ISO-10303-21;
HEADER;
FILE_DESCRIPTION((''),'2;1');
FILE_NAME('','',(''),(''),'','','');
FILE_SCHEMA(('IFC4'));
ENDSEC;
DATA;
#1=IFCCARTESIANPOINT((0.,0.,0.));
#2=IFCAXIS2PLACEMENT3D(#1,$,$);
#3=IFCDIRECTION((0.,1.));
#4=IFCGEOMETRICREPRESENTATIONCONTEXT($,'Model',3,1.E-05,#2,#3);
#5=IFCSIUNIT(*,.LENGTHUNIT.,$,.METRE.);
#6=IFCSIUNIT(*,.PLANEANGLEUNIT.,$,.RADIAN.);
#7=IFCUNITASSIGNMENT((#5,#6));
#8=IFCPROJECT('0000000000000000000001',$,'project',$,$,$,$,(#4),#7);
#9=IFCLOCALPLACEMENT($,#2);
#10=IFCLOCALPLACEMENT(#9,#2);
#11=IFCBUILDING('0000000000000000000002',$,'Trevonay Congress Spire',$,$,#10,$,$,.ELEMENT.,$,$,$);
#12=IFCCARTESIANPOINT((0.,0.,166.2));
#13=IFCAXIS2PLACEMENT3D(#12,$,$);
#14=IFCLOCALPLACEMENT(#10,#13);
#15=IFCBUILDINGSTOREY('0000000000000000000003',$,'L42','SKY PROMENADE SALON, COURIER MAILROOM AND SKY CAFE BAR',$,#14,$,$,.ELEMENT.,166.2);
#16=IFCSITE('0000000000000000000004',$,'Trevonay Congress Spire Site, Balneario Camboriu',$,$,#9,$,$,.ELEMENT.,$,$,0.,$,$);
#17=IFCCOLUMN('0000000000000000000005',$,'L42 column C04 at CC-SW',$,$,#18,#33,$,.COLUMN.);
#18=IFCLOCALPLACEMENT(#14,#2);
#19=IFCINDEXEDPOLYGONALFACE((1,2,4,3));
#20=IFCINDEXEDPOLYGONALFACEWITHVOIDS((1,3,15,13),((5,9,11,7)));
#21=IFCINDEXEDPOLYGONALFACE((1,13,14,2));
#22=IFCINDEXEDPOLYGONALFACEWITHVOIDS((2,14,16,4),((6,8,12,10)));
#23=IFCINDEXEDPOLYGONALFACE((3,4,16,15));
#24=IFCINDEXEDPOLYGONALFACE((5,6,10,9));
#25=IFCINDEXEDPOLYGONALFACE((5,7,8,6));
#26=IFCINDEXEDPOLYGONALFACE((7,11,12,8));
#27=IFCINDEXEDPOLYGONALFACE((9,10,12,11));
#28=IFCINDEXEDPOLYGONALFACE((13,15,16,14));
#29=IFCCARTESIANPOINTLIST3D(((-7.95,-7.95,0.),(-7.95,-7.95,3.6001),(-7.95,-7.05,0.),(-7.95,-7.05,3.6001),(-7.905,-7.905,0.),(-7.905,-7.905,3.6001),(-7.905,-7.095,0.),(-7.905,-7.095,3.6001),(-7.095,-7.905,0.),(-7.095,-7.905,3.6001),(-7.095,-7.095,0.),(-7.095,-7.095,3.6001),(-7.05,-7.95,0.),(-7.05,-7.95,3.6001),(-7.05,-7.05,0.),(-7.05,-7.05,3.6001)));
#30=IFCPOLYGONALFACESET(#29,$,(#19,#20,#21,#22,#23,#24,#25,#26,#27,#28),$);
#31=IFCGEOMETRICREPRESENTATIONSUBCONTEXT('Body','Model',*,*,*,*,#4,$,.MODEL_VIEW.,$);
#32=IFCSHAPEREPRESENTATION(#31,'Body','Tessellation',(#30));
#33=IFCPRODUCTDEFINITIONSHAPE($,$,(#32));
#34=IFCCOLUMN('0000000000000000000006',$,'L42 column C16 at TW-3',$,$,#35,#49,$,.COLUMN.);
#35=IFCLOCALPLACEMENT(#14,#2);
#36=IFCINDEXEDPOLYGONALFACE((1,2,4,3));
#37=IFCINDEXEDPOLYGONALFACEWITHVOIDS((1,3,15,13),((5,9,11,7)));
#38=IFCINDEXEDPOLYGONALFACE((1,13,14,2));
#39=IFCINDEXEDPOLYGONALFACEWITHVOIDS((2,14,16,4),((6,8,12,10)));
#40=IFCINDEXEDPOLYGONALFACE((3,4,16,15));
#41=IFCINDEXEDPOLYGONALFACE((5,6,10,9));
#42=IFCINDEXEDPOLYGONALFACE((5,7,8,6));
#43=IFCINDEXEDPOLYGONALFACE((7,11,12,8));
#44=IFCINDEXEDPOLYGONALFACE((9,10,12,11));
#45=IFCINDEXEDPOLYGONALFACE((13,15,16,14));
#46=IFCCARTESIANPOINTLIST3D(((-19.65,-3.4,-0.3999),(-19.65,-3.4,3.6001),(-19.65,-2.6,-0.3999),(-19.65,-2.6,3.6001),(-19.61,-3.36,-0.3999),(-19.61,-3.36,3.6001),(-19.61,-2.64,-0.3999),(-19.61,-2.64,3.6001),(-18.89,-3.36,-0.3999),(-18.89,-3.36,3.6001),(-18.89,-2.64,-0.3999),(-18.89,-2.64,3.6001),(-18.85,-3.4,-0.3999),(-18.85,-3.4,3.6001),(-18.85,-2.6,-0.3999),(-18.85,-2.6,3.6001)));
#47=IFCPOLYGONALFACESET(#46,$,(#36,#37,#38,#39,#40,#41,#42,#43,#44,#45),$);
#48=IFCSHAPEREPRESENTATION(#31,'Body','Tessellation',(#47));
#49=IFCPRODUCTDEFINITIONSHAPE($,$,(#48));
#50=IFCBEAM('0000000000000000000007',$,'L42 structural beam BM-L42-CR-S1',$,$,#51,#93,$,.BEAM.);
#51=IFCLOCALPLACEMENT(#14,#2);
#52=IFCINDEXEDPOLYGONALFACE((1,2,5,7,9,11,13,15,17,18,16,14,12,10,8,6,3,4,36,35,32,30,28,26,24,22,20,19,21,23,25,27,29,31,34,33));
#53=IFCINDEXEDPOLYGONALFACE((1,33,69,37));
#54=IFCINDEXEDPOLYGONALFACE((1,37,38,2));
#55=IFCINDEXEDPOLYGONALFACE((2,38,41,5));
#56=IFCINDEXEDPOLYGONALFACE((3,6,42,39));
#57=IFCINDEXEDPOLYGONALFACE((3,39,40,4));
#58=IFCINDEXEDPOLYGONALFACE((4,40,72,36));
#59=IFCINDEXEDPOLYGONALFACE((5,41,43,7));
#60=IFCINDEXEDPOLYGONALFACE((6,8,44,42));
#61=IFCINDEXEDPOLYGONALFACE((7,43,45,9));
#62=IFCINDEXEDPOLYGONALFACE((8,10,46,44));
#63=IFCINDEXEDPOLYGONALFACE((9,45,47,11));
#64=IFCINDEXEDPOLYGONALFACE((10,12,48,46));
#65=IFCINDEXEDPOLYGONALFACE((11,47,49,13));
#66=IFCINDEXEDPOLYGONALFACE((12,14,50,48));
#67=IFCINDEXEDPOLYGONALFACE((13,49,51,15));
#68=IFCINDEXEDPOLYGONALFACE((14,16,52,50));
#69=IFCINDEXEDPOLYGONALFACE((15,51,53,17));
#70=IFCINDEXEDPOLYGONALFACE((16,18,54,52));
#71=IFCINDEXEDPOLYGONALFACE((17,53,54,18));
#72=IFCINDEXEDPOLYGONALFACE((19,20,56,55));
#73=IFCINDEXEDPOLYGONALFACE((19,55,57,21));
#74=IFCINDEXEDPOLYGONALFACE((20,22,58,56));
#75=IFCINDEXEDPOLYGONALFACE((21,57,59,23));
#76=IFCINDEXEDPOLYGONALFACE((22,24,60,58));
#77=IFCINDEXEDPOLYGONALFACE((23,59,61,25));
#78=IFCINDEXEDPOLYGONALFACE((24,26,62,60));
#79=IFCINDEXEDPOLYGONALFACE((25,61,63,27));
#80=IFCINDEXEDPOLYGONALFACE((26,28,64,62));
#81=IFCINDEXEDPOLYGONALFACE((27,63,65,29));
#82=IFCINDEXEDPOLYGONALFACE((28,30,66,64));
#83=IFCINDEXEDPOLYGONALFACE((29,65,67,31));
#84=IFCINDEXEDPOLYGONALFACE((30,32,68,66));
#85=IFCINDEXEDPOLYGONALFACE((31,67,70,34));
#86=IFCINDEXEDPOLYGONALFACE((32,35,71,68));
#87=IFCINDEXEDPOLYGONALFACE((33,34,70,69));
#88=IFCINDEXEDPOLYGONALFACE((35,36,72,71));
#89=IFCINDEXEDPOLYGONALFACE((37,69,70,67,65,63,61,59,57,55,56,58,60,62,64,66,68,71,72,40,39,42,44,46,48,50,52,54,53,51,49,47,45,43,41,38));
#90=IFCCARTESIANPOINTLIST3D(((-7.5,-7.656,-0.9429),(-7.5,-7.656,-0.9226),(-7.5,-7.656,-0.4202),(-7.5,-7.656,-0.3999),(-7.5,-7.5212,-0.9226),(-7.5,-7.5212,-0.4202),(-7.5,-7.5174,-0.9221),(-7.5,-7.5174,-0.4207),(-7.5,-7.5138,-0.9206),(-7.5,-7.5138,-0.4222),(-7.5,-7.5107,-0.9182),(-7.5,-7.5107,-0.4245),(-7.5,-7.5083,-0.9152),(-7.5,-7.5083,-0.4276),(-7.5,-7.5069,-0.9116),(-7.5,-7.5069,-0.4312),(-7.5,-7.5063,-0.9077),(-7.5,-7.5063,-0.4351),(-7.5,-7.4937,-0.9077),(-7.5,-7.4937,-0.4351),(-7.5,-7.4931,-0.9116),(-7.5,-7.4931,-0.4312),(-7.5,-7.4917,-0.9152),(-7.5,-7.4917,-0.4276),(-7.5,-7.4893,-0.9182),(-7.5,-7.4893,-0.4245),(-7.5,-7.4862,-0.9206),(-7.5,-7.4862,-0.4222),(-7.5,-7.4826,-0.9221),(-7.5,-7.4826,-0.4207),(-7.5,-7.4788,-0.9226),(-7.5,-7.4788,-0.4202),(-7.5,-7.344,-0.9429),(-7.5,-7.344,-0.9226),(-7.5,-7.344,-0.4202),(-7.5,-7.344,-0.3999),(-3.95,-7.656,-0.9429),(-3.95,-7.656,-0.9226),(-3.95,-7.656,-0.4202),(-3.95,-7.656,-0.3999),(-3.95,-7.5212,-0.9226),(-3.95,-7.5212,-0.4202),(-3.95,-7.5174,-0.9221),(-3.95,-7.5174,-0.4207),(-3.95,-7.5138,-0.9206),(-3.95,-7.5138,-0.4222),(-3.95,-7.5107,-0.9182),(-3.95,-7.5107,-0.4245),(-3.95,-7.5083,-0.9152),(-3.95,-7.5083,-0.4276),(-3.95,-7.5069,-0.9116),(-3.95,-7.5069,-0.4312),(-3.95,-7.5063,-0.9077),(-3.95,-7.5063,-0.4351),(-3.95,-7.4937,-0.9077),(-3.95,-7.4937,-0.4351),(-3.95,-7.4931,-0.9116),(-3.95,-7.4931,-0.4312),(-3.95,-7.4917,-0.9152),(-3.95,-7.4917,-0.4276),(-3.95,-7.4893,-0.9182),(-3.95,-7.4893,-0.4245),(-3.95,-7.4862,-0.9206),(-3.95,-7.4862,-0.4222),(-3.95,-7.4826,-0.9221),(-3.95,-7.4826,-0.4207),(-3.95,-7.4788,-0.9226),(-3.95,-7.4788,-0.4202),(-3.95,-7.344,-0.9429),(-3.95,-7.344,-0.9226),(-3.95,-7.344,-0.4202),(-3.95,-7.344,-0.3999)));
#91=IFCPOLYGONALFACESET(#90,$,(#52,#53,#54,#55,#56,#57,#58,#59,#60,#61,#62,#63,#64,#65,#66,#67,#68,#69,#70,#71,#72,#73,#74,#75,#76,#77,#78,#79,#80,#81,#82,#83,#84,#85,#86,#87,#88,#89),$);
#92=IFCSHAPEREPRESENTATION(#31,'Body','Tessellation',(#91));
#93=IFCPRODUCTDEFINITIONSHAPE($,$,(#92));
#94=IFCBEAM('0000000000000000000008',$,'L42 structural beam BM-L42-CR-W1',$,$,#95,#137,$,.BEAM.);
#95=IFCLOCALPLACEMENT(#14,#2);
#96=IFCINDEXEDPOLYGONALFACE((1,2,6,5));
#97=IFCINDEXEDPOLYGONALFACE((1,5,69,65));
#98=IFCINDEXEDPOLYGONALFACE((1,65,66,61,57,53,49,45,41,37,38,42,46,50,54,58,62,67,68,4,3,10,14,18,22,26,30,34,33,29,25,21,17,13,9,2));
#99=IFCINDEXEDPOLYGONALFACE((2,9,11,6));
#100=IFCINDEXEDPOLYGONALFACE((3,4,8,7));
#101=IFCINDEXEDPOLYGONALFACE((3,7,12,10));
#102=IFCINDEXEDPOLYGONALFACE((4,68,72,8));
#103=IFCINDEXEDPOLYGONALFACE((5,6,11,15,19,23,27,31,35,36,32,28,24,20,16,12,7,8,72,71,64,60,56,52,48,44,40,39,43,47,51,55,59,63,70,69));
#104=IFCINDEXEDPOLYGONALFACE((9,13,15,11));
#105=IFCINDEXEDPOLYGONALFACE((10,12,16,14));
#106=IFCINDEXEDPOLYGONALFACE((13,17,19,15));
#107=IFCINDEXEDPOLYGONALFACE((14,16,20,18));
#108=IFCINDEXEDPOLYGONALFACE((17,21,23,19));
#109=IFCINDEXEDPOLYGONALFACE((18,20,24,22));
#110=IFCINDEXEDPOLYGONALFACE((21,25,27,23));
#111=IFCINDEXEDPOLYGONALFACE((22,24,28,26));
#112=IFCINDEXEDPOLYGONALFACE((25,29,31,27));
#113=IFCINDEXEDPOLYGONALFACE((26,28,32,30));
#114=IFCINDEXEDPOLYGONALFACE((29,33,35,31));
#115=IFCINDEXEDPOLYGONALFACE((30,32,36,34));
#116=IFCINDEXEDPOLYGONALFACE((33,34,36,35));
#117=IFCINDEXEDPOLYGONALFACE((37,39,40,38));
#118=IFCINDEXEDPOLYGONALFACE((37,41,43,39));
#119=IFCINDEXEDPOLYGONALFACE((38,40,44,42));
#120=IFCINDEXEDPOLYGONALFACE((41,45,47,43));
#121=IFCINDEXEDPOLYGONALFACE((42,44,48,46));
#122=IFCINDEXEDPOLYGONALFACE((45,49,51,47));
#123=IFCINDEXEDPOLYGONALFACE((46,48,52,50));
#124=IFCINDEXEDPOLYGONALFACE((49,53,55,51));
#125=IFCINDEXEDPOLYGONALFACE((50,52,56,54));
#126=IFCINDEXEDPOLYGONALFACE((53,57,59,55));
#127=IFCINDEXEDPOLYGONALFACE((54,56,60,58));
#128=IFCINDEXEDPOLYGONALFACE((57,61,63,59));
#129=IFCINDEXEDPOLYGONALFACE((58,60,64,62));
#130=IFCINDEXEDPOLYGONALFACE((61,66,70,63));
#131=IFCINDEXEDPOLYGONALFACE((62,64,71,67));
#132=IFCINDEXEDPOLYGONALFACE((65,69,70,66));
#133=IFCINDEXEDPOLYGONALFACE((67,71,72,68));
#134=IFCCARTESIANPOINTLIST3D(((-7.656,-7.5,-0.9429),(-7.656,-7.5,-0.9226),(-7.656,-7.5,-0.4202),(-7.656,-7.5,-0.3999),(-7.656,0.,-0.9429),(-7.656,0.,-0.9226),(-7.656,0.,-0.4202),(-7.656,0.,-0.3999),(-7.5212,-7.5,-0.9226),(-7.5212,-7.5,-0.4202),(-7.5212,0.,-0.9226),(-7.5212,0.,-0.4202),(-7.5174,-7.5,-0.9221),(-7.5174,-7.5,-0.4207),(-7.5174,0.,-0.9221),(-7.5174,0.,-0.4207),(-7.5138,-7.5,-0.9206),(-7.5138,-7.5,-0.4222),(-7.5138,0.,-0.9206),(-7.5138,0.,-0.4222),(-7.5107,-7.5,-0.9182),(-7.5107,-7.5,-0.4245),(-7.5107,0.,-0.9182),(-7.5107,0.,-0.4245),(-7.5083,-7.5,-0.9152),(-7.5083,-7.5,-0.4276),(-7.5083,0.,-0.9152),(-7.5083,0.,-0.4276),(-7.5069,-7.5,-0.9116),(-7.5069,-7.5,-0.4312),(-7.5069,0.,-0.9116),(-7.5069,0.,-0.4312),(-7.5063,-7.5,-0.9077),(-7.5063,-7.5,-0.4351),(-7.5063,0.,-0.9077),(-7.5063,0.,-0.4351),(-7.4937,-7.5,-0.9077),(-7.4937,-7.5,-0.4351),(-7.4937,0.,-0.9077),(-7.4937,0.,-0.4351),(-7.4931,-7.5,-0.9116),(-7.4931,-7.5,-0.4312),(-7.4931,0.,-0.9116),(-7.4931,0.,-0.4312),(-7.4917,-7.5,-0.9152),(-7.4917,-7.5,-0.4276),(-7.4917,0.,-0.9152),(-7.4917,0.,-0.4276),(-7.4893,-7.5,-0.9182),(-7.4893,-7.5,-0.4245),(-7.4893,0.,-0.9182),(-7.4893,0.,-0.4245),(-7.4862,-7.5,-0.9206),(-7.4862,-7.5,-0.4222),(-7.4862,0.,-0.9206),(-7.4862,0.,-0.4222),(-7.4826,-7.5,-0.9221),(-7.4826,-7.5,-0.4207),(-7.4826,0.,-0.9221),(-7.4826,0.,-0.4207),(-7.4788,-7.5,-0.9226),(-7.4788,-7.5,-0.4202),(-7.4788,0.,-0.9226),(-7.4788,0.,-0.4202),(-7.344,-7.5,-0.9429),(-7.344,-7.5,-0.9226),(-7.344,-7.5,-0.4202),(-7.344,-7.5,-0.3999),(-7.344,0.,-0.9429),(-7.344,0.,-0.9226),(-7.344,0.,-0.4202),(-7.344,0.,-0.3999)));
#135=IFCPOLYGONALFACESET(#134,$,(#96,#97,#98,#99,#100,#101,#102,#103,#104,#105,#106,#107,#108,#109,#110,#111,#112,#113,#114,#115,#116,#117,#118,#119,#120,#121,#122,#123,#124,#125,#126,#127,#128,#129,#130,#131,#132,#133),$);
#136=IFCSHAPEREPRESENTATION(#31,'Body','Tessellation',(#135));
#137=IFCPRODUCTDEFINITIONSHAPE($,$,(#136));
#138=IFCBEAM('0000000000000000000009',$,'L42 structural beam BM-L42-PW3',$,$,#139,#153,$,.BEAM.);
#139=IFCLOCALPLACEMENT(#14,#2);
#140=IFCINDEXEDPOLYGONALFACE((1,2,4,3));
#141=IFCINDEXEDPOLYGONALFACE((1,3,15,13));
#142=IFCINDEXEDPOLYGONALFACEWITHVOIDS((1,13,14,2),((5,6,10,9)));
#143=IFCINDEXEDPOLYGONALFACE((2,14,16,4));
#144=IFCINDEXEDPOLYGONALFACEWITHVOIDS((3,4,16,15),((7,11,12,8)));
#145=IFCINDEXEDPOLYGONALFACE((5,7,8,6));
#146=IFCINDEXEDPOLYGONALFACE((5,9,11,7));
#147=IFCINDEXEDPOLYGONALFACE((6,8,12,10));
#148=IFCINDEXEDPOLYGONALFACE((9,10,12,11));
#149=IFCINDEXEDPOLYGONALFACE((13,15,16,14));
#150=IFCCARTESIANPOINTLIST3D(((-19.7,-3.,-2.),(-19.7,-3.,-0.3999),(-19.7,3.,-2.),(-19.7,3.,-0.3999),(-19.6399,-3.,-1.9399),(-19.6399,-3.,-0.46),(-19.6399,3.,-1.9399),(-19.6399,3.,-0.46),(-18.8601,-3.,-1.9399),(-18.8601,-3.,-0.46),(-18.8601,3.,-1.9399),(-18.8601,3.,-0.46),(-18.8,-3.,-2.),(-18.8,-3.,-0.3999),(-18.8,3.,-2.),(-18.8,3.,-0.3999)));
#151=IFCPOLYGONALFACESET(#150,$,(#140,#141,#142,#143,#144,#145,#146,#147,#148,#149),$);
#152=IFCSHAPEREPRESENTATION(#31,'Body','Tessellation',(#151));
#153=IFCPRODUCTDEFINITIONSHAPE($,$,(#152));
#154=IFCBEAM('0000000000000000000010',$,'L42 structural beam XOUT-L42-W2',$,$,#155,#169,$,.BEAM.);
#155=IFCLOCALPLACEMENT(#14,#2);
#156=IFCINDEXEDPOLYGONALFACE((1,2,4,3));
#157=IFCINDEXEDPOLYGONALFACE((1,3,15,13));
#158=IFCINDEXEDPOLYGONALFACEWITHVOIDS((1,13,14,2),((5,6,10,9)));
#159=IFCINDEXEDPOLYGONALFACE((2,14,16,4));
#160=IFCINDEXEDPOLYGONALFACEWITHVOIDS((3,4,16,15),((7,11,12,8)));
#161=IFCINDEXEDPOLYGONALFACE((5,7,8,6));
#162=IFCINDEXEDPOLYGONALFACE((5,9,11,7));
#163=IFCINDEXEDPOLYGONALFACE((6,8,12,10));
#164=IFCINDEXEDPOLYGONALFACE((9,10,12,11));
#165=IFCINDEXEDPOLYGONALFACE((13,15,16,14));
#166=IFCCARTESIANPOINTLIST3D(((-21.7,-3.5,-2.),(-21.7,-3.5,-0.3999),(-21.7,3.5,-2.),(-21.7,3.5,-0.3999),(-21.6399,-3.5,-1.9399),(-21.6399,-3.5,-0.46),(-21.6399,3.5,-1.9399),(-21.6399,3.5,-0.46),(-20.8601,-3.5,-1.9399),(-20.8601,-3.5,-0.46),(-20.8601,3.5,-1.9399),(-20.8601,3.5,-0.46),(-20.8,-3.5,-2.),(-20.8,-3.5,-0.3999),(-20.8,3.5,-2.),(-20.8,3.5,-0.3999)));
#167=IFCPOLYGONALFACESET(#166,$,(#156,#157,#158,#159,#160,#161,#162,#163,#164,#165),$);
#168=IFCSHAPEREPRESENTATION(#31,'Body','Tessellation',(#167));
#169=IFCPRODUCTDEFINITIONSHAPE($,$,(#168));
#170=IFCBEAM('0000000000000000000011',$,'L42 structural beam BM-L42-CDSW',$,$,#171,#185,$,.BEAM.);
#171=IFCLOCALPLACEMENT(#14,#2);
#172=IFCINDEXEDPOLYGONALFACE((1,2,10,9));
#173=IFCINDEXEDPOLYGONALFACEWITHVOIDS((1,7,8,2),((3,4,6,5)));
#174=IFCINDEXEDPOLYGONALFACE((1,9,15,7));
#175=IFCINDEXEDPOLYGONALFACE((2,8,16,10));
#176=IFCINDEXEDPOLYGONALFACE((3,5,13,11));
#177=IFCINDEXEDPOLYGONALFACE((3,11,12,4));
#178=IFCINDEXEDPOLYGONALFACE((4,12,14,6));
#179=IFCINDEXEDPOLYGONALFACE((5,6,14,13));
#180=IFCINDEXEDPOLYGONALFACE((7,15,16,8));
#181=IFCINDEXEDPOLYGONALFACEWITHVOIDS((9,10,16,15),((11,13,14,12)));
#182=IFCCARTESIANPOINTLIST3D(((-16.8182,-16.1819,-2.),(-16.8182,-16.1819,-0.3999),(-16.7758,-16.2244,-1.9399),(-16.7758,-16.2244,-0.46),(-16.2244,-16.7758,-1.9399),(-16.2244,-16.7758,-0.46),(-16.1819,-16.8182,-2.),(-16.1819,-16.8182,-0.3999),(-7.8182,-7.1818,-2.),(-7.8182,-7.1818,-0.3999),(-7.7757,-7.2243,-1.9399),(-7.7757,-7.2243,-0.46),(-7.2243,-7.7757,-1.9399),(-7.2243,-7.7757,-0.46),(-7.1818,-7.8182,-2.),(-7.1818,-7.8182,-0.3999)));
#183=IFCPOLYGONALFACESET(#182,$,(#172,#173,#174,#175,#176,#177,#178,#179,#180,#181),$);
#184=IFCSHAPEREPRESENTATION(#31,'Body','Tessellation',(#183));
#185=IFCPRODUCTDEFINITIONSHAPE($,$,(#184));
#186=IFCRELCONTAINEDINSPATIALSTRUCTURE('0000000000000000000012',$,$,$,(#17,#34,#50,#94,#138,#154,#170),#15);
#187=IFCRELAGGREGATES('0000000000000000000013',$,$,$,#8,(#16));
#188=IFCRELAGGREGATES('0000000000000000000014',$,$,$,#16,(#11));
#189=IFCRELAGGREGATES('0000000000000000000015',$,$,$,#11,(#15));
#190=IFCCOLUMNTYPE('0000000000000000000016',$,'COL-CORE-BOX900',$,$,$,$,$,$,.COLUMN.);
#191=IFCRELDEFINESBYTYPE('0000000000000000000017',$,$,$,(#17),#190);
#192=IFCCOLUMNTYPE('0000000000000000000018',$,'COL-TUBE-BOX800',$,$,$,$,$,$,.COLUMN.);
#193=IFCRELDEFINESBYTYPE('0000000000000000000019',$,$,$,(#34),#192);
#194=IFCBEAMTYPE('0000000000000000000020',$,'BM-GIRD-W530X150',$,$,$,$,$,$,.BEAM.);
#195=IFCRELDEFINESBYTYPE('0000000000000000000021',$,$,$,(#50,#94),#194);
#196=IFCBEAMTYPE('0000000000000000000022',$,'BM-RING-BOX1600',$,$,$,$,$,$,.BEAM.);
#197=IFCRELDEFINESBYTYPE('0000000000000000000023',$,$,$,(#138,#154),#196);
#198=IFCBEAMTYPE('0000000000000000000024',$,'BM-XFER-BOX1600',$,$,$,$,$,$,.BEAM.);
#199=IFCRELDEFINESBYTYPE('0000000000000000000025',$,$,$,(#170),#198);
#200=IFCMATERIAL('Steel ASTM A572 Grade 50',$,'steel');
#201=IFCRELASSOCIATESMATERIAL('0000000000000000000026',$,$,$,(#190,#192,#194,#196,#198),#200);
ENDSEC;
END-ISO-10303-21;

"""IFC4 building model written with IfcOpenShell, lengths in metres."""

from ifc_helpers import new_model, si_unit, direction, frame, origin, origin_2d, place, context, subcontext, project, spatial, hollow_rectangle, i_section, extrude, material, material_profile, profile_set, type_object, element, save


model = new_model("IFC4")

# Units and contexts
model_context = context("Model", 3, precision=1e-05, world=origin(), true_north=direction((0.0, 1.0)))
body_context = subcontext(model_context, "Body", "Model", "MODEL_VIEW")
ifc_project = project(units=[si_unit("LENGTHUNIT", "METRE"), si_unit("PLANEANGLEUNIT", "RADIAN")], contexts=[model_context])

# Site, building, storey
site_placement = place(None, origin())
site = spatial("IfcSite", under=ifc_project, at=site_placement, Name="Trevonay Congress Spire Site, Balneario Camboriu", CompositionType="ELEMENT", RefElevation=0.0)
building_placement = place(site_placement, origin())
building = spatial("IfcBuilding", under=site, at=building_placement, Name="Trevonay Congress Spire", CompositionType="ELEMENT")
storey_placement = place(building_placement, frame((0.0, 0.0, 166.2)))
storey = spatial("IfcBuildingStorey", under=building, at=storey_placement, Name="L42", Description="SKY PROMENADE SALON, COURIER MAILROOM AND SKY CAFE BAR", CompositionType="ELEMENT", Elevation=166.2)

# Columns
ifc_material_1 = material(Name="Steel ASTM A572 Grade 50", Category="steel")
ifc_material_profile_1 = material_profile(ifc_material_1, hollow_rectangle(XDim=0.8999, YDim=0.8999, WallThickness=0.0449, at=origin_2d()), Name="BOX 900x900x45")
ifc_profile_set_1 = profile_set([ifc_material_profile_1], Name="Steel ASTM A572 Grade 50")
column_type_1 = type_object("IfcColumnType", Name="COL-CORE-BOX900", PredefinedType="COLUMN", material=ifc_profile_set_1)
column_1_placement = place(storey_placement, frame((-7.5, -7.5, 0.0), z_axis=(0.0, 0.0, 1.0), x_axis=(1.0, 0.0, 0.0)))
element("IfcColumn", 1, at=column_1_placement, inside=storey, type_object=column_type_1, Name="L42 column C04 at CC-SW", PredefinedType="COLUMN", context=body_context, shape_type="SweptSolid", body=[
    extrude(hollow_rectangle(XDim=0.8999, YDim=0.8999, WallThickness=0.0449, at=origin_2d()), origin(), (0.0, 0.0, 1.0), 3.6001),
])
ifc_material_profile_2 = material_profile(ifc_material_1, hollow_rectangle(XDim=0.8, YDim=0.8, WallThickness=0.04, at=origin_2d()), Name="BOX 800x800x40")
ifc_profile_set_2 = profile_set([ifc_material_profile_2], Name="Steel ASTM A572 Grade 50")
column_type_2 = type_object("IfcColumnType", Name="COL-TUBE-BOX800", PredefinedType="COLUMN", material=ifc_profile_set_2)
column_2_placement = place(storey_placement, frame((-19.25, -3.0, -0.3999), z_axis=(0.0, 0.0, 1.0), x_axis=(1.0, 0.0, 0.0)))
element("IfcColumn", 2, at=column_2_placement, inside=storey, type_object=column_type_2, Name="L42 column C16 at TW-3", PredefinedType="COLUMN", context=body_context, shape_type="SweptSolid", body=[
    extrude(hollow_rectangle(XDim=0.8, YDim=0.8, WallThickness=0.04, at=origin_2d()), origin(), (0.0, 0.0, 1.0), 4.0),
])

# Beams
ifc_material_profile_3 = material_profile(ifc_material_1, i_section(OverallWidth=0.312, OverallDepth=0.543, WebThickness=0.0127, FlangeThickness=0.0203, FilletRadius=0.0149, at=origin_2d()), Name="W530x150")
ifc_profile_set_3 = profile_set([ifc_material_profile_3], Name="Steel ASTM A572 Grade 50")
beam_type_1 = type_object("IfcBeamType", Name="BM-GIRD-W530X150", PredefinedType="BEAM", material=ifc_profile_set_3)
beam_1_placement = place(storey_placement, frame((-7.5, -7.5, -0.6714), z_axis=(1.0, 0.0, 0.0), x_axis=(0.0, 1.0, 0.0)))
element("IfcBeam", 3, at=beam_1_placement, inside=storey, type_object=beam_type_1, Name="L42 structural beam BM-L42-CR-S1", PredefinedType="BEAM", context=body_context, shape_type="SweptSolid", body=[
    extrude(i_section(OverallWidth=0.312, OverallDepth=0.543, WebThickness=0.0127, FlangeThickness=0.0203, FilletRadius=0.0149, at=origin_2d()), origin(), (0.0, 0.0, 1.0), 3.55),
])
beam_2_placement = place(storey_placement, frame((-7.5, -7.5, -0.6714), z_axis=(0.0, 1.0, 0.0), x_axis=(-1.0, 0.0, 0.0)))
element("IfcBeam", 4, at=beam_2_placement, inside=storey, type_object=beam_type_1, Name="L42 structural beam BM-L42-CR-W1", PredefinedType="BEAM", context=body_context, shape_type="SweptSolid", body=[
    extrude(i_section(OverallWidth=0.312, OverallDepth=0.543, WebThickness=0.0127, FlangeThickness=0.0203, FilletRadius=0.0149, at=origin_2d()), origin(), (0.0, 0.0, 1.0), 7.5),
])
ifc_material_profile_4 = material_profile(ifc_material_1, hollow_rectangle(XDim=0.8999, YDim=1.6001, WallThickness=0.0601, at=origin_2d()), Name="BOX 1600x900x60")
ifc_profile_set_4 = profile_set([ifc_material_profile_4], Name="Steel ASTM A572 Grade 50")
beam_type_2 = type_object("IfcBeamType", Name="BM-RING-BOX1600", PredefinedType="BEAM", material=ifc_profile_set_4)
beam_3_placement = place(storey_placement, frame((-19.25, -3.0, -1.2), z_axis=(0.0, 1.0, 0.0), x_axis=(-1.0, 0.0, 0.0)))
element("IfcBeam", 5, at=beam_3_placement, inside=storey, type_object=beam_type_2, Name="L42 structural beam BM-L42-PW3", PredefinedType="BEAM", context=body_context, shape_type="SweptSolid", body=[
    extrude(hollow_rectangle(XDim=0.8999, YDim=1.6001, WallThickness=0.0601, at=origin_2d()), origin(), (0.0, 0.0, 1.0), 6.0),
])
beam_4_placement = place(storey_placement, frame((-21.25, -3.5, -1.2), z_axis=(0.0, 1.0, 0.0), x_axis=(-1.0, 0.0, 0.0)))
element("IfcBeam", 6, at=beam_4_placement, inside=storey, type_object=beam_type_2, Name="L42 structural beam XOUT-L42-W2", PredefinedType="BEAM", context=body_context, shape_type="SweptSolid", body=[
    extrude(hollow_rectangle(XDim=0.8999, YDim=1.6001, WallThickness=0.0601, at=origin_2d()), origin(), (0.0, 0.0, 1.0), 7.0),
])
ifc_material_profile_5 = material_profile(ifc_material_1, hollow_rectangle(XDim=0.8999, YDim=1.6001, WallThickness=0.0601, at=origin_2d()), Name="BOX 1600x900x60")
ifc_profile_set_5 = profile_set([ifc_material_profile_5], Name="Steel ASTM A572 Grade 50")
beam_type_3 = type_object("IfcBeamType", Name="BM-XFER-BOX1600", PredefinedType="BEAM", material=ifc_profile_set_5)
beam_5_placement = place(storey_placement, frame((-7.5, -7.5, -1.2), z_axis=(-0.707107, -0.707107, 0.0), x_axis=(0.707107, -0.707107, 0.0)))
element("IfcBeam", 7, at=beam_5_placement, inside=storey, type_object=beam_type_3, Name="L42 structural beam BM-L42-CDSW", PredefinedType="BEAM", context=body_context, shape_type="SweptSolid", body=[
    extrude(hollow_rectangle(XDim=0.8999, YDim=1.6001, WallThickness=0.0601, at=origin_2d()), origin(), (0.0, 0.0, 1.0), 12.728),
])

save(model, "model.ifc")
